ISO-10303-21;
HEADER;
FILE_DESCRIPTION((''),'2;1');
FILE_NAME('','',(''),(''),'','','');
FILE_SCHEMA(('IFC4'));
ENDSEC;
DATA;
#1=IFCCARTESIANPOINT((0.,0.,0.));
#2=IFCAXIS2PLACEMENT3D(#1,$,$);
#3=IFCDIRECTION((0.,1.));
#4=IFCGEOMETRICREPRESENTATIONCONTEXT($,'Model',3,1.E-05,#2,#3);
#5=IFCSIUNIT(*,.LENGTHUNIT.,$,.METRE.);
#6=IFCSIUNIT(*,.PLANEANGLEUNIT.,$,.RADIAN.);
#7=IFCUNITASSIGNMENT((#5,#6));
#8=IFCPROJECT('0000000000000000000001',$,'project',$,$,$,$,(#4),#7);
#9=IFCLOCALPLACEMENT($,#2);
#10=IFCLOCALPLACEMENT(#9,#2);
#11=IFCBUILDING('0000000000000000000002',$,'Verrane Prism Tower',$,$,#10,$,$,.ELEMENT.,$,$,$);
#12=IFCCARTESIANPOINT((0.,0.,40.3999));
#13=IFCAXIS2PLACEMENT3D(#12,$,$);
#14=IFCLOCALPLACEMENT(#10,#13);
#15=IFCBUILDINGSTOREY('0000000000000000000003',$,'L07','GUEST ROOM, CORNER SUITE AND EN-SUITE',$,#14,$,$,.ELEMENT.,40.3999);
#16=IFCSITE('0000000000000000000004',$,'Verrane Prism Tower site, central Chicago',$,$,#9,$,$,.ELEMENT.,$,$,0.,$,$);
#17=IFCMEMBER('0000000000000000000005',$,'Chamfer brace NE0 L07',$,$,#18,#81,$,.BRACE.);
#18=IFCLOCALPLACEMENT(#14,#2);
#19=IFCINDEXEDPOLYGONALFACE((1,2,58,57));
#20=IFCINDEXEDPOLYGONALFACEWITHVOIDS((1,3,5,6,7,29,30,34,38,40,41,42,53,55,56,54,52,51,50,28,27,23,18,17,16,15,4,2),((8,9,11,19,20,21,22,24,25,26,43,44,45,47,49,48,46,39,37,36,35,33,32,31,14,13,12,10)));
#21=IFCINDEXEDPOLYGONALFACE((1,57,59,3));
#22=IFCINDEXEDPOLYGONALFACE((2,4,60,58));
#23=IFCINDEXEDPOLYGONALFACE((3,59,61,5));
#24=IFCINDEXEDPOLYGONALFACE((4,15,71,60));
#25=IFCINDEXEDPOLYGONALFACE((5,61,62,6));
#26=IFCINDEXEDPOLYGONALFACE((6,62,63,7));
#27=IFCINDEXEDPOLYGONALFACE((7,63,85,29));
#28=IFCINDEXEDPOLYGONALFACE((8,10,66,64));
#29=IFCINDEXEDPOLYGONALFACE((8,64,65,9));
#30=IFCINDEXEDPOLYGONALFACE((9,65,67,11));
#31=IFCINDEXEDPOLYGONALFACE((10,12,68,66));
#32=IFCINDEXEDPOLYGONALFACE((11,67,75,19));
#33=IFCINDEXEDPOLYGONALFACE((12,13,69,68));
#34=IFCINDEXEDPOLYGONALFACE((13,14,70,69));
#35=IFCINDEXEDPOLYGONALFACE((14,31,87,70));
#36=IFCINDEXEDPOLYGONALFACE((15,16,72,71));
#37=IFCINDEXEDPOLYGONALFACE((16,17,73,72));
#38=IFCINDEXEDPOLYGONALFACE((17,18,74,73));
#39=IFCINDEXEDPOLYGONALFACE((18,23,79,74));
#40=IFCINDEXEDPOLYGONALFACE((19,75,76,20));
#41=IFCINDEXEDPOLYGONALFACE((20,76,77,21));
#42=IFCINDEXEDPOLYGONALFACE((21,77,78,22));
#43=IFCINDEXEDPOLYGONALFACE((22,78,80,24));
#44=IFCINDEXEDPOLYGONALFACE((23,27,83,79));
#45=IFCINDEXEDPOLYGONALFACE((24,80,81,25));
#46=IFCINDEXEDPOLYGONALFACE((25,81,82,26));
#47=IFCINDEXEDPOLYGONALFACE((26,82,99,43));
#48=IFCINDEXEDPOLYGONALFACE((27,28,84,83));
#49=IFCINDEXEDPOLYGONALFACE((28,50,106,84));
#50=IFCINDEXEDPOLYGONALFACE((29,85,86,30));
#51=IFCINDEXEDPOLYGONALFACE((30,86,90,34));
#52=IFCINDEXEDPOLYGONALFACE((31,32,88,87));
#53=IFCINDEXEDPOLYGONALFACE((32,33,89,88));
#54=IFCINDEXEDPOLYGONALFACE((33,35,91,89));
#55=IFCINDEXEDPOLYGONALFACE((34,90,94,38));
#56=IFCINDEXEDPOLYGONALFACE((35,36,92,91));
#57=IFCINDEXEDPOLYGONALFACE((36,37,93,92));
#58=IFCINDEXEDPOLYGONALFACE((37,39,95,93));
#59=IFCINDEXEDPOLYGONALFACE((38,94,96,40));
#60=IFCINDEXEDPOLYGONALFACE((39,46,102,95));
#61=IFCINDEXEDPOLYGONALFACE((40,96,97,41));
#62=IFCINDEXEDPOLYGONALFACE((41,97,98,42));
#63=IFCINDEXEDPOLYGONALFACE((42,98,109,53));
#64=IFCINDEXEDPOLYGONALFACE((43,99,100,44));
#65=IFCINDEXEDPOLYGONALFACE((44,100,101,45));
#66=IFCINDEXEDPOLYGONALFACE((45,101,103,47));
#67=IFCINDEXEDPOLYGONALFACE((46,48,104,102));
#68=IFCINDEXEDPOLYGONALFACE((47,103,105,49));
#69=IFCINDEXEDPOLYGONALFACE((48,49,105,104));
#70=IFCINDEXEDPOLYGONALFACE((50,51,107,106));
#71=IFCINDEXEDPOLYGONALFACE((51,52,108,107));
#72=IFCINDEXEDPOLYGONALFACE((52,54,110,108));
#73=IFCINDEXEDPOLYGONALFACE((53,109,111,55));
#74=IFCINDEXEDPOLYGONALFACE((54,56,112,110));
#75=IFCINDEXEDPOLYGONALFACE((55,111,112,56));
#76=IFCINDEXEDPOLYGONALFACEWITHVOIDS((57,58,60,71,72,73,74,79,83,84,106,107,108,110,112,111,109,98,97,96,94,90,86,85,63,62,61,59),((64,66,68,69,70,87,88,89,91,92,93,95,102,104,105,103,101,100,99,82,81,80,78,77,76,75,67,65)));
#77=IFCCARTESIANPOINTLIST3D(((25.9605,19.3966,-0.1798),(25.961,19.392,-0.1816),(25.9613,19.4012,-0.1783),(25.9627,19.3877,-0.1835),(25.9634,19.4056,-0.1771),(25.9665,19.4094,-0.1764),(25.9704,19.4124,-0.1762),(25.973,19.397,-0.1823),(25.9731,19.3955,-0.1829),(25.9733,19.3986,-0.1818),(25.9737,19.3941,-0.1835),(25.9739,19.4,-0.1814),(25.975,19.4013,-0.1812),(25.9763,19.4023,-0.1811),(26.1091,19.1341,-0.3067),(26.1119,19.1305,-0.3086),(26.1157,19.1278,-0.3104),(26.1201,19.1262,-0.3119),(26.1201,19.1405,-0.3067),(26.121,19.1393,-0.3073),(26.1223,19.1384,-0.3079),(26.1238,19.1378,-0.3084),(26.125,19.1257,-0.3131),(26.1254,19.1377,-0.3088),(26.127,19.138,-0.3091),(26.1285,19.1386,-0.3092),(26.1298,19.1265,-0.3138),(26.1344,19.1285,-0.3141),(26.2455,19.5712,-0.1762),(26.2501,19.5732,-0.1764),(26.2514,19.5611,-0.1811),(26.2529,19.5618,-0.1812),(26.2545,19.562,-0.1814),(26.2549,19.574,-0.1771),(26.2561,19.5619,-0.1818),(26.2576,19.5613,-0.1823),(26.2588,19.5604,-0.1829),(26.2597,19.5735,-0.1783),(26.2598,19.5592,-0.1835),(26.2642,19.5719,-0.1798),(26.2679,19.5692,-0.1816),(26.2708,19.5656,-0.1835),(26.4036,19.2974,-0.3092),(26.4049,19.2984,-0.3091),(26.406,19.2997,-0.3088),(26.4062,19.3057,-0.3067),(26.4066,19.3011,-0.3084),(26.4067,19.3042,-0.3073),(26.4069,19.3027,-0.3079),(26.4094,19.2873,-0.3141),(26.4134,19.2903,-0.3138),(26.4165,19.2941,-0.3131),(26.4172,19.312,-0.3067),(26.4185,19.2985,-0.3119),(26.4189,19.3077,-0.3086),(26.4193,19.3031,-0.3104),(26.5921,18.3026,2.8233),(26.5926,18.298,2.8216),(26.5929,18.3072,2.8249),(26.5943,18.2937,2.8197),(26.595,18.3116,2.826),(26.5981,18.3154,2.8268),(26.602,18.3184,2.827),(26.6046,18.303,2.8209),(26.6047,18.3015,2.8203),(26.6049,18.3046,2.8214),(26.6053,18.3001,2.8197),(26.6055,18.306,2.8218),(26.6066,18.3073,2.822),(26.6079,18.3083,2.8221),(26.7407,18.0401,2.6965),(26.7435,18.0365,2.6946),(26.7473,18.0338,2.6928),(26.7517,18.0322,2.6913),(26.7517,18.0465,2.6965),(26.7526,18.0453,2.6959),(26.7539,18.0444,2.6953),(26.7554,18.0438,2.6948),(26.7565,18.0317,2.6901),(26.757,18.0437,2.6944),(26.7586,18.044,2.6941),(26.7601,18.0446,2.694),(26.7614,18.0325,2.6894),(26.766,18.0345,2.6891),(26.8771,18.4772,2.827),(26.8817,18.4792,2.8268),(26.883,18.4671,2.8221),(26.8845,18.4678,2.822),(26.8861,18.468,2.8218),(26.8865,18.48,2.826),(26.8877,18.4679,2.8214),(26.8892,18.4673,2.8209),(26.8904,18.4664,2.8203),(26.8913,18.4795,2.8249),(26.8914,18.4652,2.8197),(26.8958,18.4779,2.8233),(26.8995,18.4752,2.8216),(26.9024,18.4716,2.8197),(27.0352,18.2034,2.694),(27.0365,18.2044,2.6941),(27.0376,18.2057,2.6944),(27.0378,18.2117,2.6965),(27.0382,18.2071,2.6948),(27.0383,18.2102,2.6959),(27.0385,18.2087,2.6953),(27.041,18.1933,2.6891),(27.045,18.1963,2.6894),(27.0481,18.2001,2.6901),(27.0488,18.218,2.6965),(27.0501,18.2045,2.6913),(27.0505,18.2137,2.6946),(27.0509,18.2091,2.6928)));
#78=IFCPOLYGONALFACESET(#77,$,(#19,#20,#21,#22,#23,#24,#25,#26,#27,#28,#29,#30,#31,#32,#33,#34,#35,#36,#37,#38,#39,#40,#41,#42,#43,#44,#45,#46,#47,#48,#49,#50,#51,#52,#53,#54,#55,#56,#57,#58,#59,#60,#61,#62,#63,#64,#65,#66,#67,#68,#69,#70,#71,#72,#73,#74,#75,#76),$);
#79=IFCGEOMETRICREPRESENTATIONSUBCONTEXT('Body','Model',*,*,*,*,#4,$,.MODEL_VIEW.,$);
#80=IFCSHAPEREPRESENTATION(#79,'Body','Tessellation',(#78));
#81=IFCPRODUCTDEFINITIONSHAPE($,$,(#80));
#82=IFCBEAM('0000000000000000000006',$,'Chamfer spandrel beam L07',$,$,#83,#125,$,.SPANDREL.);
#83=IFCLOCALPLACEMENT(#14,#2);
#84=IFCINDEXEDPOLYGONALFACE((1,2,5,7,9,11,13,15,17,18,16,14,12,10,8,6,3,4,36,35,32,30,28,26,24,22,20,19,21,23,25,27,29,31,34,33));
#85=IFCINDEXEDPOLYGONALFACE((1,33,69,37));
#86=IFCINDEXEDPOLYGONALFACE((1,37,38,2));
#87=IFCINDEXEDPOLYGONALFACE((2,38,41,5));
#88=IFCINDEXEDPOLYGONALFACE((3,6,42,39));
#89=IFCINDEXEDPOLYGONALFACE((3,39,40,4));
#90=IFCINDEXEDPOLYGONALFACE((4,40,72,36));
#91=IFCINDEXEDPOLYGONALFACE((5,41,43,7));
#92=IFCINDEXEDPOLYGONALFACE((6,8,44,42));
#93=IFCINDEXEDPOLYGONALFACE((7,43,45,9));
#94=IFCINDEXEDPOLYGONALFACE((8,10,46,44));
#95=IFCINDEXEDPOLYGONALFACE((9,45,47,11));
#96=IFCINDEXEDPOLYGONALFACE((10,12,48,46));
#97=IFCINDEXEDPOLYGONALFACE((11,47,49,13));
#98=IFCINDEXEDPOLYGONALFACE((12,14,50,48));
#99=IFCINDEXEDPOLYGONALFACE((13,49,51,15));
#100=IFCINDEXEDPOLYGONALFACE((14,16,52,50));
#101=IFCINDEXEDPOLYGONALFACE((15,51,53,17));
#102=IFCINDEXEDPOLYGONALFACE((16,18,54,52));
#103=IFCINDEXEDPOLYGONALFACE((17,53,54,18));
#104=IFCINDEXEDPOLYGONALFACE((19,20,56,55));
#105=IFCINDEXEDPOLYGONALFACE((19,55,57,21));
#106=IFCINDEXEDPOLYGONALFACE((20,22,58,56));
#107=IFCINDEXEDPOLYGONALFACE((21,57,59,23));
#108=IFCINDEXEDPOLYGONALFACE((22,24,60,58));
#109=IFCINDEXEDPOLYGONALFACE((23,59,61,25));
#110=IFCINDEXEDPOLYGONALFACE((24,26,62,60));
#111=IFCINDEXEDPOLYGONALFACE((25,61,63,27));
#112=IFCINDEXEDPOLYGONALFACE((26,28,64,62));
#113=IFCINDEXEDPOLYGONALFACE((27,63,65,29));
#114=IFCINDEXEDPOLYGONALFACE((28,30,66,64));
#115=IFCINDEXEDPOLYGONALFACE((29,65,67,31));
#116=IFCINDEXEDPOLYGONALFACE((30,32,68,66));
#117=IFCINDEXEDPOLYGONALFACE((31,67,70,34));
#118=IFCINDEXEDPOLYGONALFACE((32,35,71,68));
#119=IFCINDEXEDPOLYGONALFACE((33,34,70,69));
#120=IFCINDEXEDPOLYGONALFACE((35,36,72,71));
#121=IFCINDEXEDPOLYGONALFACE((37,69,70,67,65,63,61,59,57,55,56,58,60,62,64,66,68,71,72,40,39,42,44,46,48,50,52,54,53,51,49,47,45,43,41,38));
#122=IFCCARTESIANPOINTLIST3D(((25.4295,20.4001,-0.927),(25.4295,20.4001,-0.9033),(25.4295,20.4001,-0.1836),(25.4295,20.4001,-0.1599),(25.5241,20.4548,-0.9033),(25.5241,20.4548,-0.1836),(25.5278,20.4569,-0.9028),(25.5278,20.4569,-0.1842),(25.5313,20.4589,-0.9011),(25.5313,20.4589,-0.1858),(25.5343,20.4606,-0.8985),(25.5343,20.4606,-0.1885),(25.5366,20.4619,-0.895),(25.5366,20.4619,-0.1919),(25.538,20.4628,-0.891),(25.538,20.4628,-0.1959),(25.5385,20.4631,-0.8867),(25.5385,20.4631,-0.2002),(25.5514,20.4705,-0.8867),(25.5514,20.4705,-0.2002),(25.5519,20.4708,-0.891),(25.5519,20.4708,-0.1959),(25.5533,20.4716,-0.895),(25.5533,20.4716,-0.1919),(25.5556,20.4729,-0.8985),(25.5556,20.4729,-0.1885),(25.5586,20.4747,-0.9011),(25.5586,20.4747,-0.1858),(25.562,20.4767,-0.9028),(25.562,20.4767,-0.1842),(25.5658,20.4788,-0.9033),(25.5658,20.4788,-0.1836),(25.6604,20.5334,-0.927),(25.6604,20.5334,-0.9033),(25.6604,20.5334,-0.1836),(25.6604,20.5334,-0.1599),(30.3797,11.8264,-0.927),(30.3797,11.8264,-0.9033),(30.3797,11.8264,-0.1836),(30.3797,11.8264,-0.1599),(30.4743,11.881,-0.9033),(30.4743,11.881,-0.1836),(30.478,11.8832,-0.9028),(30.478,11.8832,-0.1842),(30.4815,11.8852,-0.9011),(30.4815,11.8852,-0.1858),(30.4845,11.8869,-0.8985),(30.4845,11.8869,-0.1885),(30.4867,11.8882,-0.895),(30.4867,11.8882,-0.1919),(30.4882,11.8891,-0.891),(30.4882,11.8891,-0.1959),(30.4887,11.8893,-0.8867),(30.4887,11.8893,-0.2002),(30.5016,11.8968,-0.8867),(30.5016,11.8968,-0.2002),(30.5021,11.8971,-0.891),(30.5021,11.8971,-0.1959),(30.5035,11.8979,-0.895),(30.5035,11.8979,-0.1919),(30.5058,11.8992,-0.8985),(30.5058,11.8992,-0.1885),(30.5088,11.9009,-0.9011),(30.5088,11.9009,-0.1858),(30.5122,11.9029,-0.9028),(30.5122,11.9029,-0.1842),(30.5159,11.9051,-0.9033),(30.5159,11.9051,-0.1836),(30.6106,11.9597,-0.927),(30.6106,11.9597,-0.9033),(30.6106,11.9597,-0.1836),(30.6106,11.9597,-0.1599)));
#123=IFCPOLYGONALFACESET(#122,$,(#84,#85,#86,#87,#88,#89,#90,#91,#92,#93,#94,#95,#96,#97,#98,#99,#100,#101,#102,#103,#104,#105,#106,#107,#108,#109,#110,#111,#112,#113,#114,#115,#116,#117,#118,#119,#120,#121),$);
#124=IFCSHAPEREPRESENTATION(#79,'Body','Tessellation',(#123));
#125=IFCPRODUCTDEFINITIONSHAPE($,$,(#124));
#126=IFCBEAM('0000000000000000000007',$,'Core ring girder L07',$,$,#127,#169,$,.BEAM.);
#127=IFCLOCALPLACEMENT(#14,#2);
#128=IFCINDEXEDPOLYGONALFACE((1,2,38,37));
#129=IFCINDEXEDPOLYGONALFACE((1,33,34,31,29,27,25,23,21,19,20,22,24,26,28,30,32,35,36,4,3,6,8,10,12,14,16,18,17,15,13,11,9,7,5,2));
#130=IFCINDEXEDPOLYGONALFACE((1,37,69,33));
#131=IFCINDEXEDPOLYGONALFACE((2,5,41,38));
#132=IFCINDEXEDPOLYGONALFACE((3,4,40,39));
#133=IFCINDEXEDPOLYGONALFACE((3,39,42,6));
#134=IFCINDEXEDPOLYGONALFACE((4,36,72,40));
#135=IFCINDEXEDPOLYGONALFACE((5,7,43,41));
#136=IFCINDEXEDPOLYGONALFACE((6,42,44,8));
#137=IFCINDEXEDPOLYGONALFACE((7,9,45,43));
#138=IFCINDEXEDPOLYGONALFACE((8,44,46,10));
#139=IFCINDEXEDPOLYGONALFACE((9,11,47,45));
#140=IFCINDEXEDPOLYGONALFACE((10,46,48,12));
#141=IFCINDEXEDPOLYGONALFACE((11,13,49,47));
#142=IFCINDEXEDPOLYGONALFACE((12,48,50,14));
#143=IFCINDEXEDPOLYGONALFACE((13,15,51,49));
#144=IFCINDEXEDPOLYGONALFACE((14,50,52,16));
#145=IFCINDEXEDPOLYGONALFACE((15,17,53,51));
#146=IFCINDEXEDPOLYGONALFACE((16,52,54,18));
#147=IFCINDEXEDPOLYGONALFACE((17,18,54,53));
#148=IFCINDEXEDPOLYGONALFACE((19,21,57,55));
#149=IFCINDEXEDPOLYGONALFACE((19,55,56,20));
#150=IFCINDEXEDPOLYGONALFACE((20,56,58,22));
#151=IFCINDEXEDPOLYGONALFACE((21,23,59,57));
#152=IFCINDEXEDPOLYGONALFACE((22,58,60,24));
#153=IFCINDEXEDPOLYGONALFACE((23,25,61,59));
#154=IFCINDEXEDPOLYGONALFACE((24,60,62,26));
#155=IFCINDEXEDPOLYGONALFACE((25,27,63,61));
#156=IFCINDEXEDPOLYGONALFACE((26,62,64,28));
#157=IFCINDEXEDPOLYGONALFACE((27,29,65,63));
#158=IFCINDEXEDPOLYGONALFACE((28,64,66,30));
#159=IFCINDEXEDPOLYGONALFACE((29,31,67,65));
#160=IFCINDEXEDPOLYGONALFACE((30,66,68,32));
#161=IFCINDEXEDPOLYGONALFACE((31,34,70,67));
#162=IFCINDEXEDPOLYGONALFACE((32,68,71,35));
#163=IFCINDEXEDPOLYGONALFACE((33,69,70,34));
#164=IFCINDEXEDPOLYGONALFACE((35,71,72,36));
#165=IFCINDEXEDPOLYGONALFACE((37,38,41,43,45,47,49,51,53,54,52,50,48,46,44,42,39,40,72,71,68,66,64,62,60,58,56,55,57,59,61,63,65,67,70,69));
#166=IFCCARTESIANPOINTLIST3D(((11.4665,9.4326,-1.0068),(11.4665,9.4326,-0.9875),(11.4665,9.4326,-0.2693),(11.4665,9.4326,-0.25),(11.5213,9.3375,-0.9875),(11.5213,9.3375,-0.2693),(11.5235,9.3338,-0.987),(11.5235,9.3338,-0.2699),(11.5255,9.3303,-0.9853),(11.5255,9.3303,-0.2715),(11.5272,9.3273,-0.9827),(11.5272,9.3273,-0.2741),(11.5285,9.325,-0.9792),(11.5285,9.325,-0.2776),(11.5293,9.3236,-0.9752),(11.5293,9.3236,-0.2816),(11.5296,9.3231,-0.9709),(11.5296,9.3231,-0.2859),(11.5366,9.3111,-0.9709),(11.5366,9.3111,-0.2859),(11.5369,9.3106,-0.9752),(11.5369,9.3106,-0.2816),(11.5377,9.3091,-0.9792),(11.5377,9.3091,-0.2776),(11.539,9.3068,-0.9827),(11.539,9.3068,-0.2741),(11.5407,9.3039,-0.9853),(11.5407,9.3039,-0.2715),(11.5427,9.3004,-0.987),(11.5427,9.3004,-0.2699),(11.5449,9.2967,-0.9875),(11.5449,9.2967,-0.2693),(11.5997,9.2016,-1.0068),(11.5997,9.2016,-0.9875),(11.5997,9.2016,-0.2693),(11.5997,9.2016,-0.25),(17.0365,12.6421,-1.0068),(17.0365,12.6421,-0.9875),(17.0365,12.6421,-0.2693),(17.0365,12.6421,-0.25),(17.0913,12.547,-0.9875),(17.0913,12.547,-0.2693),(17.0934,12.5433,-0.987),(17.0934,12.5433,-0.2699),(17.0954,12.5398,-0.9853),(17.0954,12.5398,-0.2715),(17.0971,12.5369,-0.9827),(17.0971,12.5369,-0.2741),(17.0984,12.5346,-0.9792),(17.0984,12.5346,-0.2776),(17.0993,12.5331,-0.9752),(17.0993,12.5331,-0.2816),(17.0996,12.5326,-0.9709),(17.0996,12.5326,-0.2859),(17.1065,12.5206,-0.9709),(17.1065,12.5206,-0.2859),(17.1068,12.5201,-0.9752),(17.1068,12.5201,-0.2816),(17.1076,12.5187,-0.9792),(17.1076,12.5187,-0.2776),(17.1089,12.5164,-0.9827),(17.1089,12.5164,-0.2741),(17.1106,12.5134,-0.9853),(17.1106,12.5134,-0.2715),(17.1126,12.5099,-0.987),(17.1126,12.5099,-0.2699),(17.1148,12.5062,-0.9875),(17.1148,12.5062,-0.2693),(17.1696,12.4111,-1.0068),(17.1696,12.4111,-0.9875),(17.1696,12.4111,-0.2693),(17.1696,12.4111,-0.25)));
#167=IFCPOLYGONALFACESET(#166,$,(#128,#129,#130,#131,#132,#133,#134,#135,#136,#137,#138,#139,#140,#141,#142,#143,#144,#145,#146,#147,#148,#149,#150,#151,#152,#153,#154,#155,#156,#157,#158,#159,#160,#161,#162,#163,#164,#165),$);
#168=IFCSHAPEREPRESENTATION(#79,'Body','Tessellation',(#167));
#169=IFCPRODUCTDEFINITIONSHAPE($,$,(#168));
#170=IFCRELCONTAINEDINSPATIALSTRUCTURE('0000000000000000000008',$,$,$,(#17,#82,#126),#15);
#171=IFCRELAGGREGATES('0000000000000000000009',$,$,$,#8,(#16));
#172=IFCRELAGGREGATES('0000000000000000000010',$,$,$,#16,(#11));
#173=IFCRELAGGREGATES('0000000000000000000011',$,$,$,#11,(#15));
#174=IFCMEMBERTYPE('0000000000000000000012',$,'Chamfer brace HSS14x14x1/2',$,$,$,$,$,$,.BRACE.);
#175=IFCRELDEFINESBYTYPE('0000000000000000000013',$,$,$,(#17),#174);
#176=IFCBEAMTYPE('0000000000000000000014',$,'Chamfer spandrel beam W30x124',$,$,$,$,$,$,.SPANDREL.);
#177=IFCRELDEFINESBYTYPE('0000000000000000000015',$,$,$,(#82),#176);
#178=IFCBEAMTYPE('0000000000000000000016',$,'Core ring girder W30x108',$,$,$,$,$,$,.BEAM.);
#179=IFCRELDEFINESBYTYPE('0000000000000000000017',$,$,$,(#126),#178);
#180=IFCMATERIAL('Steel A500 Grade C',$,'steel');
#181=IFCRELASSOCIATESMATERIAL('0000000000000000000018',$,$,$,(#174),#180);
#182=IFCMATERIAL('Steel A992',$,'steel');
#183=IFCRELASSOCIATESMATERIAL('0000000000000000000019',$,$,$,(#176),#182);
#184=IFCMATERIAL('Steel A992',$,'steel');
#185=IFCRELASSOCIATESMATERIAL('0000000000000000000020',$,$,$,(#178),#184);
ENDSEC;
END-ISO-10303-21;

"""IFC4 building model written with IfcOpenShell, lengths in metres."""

from ifc_helpers import new_model, si_unit, direction, frame, origin, origin_2d, place, context, subcontext, project, spatial, hollow_rectangle, i_section, extrude, material, material_profile, profile_set, type_object, element, save


model = new_model("IFC4")

# Units and contexts
model_context = context("Model", 3, precision=1e-05, world=origin(), true_north=direction((0.0, 1.0)))
body_context = subcontext(model_context, "Body", "Model", "MODEL_VIEW")
ifc_project = project(units=[si_unit("LENGTHUNIT", "METRE"), si_unit("PLANEANGLEUNIT", "RADIAN")], contexts=[model_context])

# Site, building, storey
site_placement = place(None, origin())
site = spatial("IfcSite", under=ifc_project, at=site_placement, Name="Verrane Prism Tower site, central Chicago", CompositionType="ELEMENT", RefElevation=0.0)
building_placement = place(site_placement, origin())
building = spatial("IfcBuilding", under=site, at=building_placement, Name="Verrane Prism Tower", CompositionType="ELEMENT")
storey_placement = place(building_placement, frame((0.0, 0.0, 40.3999)))
storey = spatial("IfcBuildingStorey", under=building, at=storey_placement, Name="L07", Description="GUEST ROOM, CORNER SUITE AND EN-SUITE", CompositionType="ELEMENT", Elevation=40.3999)

# Member
ifc_material_1 = material(Name="Steel A500 Grade C", Category="steel")
ifc_material_profile_1 = material_profile(ifc_material_1, hollow_rectangle(XDim=0.3557, YDim=0.3557, WallThickness=0.0127, InnerFilletRadius=0.0063, OuterFilletRadius=0.019, at=origin_2d()), Name="HSS14x14x1/2")
ifc_profile_set_1 = profile_set([ifc_material_profile_1], Name="Steel A500 Grade C")
member_type_1 = type_object("IfcMemberType", Name="Chamfer brace HSS14x14x1/2", PredefinedType="BRACE", material=ifc_profile_set_1)
member_1_placement = place(storey_placement, frame((26.1899, 19.3499, -0.2451), z_axis=(0.193857, -0.335784, 0.921775), x_axis=(0.866034, 0.499985, 0.0)))
element("IfcMember", 1, at=member_1_placement, inside=storey, type_object=member_type_1, Name="Chamfer brace NE0 L07", PredefinedType="BRACE", context=body_context, shape_type="SweptSolid", body=[
    extrude(hollow_rectangle(XDim=0.3557, YDim=0.3557, WallThickness=0.0127, InnerFilletRadius=0.0063, OuterFilletRadius=0.019, at=origin_2d()), origin(), (0.0, 0.0, 1.0), 3.2581),
])

# Beams
ifc_material_2 = material(Name="Steel A992", Category="steel")
ifc_material_profile_2 = material_profile(ifc_material_2, i_section(OverallWidth=0.2666, OverallDepth=0.7671, WebThickness=0.0149, FlangeThickness=0.0237, FilletRadius=0.0166, at=origin_2d()), Name="W30x124")
ifc_profile_set_2 = profile_set([ifc_material_profile_2], Name="Steel A992")
beam_type_1 = type_object("IfcBeamType", Name="Chamfer spandrel beam W30x124", PredefinedType="SPANDREL", material=ifc_profile_set_2)
beam_1_placement = place(storey_placement, frame((30.4951, 11.8931, -0.5435), z_axis=(-0.500011, 0.866019, 0.0), x_axis=(-0.866019, -0.500011, 0.0)))
element("IfcBeam", 2, at=beam_1_placement, inside=storey, type_object=beam_type_1, Name="Chamfer spandrel beam L07", PredefinedType="SPANDREL", context=body_context, shape_type="SweptSolid", body=[
    extrude(i_section(OverallWidth=0.2666, OverallDepth=0.7671, WebThickness=0.0149, FlangeThickness=0.0237, FilletRadius=0.0166, at=origin_2d()), origin(), (0.0, 0.0, 1.0), 9.9001),
])
ifc_material_3 = material(Name="Steel A992", Category="steel")
ifc_material_profile_3 = material_profile(ifc_material_3, i_section(OverallWidth=0.2666, OverallDepth=0.7568, WebThickness=0.0139, FlangeThickness=0.0193, FilletRadius=0.0166, at=origin_2d()), Name="W30x108")
ifc_profile_set_3 = profile_set([ifc_material_profile_3], Name="Steel A992")
beam_type_2 = type_object("IfcBeamType", Name="Core ring girder W30x108", PredefinedType="BEAM", material=ifc_profile_set_3)
beam_2_placement = place(storey_placement, frame((17.103, 12.5266, -0.6284), z_axis=(-0.866447, -0.499269, 0.0), x_axis=(0.499269, -0.866447, 0.0)))
element("IfcBeam", 3, at=beam_2_placement, inside=storey, type_object=beam_type_2, Name="Core ring girder L07", PredefinedType="BEAM", context=body_context, shape_type="SweptSolid", body=[
    extrude(i_section(OverallWidth=0.2666, OverallDepth=0.7568, WebThickness=0.0139, FlangeThickness=0.0193, FilletRadius=0.0166, at=origin_2d()), origin(), (0.0, 0.0, 1.0), 6.4285),
])

save(model, "model.ifc")
